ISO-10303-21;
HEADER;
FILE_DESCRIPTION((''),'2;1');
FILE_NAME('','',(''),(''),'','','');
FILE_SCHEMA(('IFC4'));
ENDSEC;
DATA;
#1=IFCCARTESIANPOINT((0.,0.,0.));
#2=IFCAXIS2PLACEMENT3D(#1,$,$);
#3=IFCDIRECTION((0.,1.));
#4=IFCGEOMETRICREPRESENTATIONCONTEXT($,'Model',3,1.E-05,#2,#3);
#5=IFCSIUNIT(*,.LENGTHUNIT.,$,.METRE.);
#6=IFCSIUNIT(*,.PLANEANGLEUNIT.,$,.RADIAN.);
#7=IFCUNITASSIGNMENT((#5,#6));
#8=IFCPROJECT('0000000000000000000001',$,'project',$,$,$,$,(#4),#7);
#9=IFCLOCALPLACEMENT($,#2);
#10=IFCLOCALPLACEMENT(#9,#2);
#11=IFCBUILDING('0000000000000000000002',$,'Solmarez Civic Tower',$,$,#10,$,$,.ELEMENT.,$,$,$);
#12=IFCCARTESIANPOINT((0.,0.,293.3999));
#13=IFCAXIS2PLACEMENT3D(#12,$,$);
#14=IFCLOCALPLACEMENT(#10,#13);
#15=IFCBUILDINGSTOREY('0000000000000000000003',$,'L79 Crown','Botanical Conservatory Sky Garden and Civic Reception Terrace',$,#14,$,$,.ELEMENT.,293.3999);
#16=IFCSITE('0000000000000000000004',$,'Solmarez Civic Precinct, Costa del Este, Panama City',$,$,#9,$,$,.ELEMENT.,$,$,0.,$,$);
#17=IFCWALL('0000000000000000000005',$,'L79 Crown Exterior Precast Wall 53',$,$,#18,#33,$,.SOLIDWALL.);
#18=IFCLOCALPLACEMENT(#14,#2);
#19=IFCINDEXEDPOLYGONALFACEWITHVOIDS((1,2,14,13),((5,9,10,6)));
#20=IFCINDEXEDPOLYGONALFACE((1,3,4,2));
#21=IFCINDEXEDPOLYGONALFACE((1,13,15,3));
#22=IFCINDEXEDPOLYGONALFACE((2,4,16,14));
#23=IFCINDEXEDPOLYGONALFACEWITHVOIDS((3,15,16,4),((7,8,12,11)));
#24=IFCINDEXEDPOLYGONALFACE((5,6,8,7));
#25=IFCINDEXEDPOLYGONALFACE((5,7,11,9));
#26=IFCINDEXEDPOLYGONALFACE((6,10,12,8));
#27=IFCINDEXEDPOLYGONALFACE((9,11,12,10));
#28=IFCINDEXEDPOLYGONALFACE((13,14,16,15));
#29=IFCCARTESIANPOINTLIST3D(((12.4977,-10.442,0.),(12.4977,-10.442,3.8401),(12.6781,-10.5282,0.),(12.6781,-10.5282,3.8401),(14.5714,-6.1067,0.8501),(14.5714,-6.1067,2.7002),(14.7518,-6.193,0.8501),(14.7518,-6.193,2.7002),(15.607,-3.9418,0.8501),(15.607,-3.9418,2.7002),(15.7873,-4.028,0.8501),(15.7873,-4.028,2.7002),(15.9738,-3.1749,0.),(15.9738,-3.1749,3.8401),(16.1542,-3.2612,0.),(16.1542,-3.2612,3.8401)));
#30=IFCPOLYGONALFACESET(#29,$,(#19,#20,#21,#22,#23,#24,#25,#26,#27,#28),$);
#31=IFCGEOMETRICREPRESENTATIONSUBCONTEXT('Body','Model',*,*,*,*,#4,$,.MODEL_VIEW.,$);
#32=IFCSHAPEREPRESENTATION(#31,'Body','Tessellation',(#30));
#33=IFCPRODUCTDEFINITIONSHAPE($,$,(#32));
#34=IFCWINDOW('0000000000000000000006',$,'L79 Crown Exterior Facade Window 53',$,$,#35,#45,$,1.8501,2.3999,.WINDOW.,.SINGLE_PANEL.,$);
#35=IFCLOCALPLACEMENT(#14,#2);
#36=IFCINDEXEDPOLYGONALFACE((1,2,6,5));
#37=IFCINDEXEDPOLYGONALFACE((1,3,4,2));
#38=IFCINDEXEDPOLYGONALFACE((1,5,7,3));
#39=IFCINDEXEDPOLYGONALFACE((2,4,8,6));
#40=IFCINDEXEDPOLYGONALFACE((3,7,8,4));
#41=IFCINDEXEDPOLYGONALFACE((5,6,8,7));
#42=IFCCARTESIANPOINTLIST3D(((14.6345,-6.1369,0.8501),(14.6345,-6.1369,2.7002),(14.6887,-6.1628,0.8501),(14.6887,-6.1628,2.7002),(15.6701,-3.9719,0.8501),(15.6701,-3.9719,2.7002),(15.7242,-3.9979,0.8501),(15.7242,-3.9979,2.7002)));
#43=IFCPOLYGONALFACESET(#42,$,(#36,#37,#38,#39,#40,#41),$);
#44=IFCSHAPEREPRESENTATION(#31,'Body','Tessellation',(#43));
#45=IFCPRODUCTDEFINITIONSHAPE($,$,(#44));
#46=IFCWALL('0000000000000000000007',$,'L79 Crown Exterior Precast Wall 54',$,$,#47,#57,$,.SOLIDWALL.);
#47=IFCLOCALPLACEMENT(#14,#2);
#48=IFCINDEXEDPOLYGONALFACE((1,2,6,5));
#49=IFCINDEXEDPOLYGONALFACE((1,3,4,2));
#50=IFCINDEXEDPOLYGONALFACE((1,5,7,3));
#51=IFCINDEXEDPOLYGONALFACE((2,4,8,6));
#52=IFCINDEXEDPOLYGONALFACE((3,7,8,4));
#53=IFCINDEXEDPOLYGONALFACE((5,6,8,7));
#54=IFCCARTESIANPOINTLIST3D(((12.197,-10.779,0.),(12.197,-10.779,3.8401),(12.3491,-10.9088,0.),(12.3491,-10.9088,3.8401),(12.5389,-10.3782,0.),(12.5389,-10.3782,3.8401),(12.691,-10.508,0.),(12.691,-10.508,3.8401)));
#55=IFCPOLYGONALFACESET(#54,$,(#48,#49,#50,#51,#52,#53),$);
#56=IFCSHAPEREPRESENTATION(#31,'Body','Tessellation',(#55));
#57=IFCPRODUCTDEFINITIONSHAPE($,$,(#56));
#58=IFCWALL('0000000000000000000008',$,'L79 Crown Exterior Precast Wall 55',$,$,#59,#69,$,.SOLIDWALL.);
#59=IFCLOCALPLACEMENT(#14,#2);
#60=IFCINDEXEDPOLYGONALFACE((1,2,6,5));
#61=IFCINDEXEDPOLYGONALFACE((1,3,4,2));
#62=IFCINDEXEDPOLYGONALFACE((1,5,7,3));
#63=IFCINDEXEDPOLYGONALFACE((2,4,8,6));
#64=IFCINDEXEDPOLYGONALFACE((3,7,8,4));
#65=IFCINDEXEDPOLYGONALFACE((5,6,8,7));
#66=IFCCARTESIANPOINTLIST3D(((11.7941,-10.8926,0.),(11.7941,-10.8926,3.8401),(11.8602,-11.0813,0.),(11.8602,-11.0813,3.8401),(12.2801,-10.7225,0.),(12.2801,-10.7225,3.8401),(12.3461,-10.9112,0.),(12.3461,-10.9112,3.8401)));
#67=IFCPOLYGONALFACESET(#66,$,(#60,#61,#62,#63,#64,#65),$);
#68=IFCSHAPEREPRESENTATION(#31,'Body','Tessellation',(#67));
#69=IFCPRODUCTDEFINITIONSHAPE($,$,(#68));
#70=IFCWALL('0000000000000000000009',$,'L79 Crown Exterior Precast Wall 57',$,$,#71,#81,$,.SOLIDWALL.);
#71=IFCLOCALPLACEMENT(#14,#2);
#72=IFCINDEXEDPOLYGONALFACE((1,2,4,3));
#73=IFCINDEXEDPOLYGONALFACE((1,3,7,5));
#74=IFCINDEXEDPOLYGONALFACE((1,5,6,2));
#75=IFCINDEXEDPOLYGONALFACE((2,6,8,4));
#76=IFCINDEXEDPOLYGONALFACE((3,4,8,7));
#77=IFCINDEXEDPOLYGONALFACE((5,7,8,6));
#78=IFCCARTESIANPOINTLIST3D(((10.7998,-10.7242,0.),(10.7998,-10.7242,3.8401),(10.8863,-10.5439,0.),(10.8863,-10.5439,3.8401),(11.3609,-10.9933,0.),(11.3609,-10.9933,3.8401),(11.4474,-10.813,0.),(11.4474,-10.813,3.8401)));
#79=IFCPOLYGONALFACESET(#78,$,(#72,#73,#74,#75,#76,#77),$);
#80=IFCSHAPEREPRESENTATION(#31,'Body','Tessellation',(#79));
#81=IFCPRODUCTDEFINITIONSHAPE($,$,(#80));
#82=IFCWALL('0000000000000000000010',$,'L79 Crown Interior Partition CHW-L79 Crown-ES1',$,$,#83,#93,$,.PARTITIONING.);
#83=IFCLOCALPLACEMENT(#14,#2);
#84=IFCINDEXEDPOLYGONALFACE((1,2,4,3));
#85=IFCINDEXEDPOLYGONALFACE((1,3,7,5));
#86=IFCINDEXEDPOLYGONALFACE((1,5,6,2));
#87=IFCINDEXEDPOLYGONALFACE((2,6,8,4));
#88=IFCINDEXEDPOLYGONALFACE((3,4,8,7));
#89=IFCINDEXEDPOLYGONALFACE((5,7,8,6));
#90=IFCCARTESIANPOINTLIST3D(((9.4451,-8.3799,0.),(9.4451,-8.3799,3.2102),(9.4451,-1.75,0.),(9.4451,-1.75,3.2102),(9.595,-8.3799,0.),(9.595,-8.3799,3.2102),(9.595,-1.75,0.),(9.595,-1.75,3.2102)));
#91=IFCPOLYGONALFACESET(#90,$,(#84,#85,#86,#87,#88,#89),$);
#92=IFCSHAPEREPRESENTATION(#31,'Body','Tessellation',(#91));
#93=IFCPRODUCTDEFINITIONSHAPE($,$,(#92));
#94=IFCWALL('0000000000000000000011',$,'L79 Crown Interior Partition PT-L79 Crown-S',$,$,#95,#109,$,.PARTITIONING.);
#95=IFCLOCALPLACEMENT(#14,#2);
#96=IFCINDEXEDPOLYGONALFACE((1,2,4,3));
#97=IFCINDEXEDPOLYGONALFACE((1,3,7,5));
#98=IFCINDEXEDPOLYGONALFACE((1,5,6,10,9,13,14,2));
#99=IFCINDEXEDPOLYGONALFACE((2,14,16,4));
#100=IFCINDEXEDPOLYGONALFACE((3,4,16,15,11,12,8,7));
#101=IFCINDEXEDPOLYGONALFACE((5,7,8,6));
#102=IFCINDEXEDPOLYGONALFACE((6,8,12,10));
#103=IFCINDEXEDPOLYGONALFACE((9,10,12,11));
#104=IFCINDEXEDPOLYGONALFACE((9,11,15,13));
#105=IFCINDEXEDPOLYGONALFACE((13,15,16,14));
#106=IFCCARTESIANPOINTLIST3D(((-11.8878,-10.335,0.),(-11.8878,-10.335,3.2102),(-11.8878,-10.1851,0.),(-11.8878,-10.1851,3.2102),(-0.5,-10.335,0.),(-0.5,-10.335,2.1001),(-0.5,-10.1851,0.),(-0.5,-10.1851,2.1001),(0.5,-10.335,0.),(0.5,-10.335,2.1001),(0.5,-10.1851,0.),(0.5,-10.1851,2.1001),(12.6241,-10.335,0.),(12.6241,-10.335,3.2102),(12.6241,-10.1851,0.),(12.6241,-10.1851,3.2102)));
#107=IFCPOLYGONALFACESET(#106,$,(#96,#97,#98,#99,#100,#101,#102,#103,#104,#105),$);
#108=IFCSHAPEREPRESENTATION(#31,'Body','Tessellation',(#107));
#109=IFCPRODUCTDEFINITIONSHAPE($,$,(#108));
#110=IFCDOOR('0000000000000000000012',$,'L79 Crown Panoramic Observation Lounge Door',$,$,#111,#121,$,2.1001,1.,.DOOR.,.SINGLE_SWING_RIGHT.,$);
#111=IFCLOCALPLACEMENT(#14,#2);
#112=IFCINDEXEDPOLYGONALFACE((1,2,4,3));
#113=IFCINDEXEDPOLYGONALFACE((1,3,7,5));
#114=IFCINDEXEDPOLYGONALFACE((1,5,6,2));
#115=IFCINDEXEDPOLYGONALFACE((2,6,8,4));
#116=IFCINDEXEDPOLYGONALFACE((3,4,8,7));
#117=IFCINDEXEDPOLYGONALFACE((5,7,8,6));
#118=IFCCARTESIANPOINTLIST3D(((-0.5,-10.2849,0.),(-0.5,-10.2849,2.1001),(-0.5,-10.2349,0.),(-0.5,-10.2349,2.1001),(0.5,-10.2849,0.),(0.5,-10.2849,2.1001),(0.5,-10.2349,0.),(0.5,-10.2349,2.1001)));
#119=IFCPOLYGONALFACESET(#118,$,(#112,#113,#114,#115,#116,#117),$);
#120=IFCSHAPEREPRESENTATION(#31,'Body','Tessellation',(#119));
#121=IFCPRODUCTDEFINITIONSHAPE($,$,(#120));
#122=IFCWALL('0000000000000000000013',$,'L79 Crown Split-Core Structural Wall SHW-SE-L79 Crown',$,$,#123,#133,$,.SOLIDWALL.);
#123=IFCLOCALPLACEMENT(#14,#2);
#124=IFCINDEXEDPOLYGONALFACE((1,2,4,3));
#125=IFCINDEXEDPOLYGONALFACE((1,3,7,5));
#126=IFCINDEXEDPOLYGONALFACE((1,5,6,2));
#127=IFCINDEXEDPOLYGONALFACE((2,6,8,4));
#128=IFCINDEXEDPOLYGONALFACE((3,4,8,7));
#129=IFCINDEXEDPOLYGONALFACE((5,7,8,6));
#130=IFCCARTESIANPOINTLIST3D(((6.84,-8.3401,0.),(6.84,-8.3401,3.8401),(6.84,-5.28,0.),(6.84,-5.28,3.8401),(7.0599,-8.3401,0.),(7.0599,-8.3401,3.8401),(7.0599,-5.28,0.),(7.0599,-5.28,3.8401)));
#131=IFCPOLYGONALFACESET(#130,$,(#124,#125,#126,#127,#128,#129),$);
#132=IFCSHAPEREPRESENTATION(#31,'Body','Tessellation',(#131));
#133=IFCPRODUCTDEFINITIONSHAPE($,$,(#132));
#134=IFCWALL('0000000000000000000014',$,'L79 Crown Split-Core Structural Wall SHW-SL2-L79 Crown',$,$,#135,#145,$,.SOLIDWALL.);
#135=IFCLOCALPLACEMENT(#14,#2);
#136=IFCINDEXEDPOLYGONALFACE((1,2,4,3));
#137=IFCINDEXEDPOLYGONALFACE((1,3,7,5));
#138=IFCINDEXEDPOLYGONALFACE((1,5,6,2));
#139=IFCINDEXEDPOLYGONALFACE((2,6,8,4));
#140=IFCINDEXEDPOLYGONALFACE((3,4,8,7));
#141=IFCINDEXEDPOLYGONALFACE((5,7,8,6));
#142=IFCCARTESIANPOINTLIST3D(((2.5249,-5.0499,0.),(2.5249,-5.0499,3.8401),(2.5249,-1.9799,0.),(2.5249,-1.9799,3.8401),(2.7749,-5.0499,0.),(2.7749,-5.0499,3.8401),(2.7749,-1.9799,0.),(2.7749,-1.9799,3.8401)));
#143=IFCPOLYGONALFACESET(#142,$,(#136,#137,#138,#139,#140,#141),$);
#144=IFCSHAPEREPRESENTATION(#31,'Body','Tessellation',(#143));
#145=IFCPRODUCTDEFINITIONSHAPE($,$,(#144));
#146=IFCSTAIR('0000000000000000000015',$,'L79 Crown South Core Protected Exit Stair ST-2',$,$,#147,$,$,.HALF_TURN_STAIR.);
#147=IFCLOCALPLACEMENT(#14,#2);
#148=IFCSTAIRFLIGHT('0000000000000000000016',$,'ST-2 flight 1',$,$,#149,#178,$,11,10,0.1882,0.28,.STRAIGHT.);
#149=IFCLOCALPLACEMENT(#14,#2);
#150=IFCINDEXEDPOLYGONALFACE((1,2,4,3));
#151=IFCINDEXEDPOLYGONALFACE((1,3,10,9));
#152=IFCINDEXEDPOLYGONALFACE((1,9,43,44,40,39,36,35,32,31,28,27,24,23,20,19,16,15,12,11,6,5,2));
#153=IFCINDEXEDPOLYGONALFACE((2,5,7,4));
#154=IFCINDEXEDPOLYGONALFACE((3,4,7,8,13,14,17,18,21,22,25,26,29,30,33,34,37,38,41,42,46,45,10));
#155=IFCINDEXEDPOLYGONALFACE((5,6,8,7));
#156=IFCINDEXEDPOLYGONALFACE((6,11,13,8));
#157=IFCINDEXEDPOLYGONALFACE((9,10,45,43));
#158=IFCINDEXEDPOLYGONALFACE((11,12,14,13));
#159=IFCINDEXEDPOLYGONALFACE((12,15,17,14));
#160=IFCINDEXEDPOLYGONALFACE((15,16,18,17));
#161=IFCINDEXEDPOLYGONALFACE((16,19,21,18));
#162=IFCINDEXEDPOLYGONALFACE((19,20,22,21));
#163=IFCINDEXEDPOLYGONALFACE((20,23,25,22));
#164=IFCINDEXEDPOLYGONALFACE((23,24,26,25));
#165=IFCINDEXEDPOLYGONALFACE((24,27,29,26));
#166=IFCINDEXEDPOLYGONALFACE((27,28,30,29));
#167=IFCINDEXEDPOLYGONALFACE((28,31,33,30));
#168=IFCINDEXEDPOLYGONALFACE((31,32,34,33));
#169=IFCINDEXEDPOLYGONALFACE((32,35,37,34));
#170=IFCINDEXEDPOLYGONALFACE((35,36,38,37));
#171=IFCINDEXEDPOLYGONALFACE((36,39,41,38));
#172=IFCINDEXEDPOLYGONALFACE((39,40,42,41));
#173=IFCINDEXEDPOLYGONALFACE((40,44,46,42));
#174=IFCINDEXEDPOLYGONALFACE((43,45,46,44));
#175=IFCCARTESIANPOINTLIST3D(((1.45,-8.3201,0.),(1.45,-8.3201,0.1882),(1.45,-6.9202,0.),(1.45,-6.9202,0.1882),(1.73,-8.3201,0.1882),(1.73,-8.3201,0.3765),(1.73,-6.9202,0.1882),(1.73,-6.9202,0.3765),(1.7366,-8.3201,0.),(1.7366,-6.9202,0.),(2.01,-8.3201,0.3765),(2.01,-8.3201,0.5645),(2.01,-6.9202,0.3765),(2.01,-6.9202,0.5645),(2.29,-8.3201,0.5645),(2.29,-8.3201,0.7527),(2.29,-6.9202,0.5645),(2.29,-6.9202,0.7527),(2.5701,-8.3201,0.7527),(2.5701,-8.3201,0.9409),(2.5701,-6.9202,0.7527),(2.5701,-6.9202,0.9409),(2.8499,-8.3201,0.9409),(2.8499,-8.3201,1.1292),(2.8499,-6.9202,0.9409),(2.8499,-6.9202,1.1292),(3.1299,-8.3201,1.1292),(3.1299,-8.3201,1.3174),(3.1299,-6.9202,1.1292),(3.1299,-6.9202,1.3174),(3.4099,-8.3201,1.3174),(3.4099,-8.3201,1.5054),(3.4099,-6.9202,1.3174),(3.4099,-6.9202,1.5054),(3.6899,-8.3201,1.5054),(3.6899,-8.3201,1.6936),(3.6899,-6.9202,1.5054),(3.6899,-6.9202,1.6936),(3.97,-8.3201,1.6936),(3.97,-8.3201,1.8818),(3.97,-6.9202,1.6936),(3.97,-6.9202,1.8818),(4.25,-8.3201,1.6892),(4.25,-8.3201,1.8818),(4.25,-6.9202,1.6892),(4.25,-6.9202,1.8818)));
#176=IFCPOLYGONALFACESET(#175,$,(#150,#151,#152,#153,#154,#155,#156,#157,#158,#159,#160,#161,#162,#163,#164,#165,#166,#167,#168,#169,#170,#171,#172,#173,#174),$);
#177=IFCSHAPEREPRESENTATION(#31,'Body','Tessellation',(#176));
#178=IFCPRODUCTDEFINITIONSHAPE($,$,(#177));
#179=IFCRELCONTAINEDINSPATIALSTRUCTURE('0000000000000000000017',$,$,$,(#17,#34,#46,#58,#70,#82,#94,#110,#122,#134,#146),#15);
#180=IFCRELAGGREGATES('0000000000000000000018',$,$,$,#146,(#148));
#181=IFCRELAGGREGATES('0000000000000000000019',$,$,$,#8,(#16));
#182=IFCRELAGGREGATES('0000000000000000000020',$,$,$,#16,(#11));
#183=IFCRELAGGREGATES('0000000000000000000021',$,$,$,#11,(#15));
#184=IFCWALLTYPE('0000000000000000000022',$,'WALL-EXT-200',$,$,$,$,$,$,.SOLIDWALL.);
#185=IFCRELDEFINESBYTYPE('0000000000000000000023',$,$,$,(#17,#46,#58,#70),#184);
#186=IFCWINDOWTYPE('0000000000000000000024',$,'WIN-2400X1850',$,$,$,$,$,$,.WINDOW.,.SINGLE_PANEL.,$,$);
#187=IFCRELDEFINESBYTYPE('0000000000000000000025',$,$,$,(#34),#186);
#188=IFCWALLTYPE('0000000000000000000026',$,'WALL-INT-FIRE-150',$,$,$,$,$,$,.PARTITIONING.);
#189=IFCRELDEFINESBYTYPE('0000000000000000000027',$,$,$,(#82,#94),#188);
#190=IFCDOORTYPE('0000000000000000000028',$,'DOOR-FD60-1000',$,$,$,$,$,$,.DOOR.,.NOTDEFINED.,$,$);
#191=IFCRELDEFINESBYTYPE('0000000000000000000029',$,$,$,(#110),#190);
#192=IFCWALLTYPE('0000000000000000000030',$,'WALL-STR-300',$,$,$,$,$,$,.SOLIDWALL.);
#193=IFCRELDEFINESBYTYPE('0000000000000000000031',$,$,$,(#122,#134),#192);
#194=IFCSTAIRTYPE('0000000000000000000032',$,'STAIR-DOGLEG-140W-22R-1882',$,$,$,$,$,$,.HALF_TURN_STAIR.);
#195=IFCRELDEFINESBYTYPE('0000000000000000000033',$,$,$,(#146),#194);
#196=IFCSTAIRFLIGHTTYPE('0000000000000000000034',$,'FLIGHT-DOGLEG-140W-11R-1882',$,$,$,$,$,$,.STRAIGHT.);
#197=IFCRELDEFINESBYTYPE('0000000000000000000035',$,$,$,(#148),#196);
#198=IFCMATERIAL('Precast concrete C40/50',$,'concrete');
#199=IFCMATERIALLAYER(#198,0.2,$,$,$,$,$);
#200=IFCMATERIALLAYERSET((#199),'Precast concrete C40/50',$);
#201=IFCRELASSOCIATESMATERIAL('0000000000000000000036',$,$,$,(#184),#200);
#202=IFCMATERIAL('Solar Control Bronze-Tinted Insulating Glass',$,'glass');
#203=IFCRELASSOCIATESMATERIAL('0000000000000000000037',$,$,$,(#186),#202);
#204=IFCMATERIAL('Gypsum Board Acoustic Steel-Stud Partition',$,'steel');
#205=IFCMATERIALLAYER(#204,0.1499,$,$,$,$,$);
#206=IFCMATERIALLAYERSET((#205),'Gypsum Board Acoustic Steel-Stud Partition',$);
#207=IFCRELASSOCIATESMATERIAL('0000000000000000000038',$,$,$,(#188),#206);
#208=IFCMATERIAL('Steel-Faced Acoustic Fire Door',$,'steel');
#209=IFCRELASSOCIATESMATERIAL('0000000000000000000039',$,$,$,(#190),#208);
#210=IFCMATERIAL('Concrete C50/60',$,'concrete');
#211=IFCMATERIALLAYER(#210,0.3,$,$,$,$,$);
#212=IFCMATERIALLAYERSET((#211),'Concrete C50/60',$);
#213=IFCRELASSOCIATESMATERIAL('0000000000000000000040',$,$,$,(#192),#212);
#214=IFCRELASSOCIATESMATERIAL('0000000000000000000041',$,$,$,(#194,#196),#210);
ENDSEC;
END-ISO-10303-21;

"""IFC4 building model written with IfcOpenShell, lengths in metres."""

from ifc_helpers import new_model, si_unit, direction, frame, frame_2d, origin, place, context, subcontext, project, spatial, polyline, rectangle, outline, extrude, material, layer, layer_set, type_object, element, fill, aggregate, save


model = new_model("IFC4")

# Units and contexts
model_context = context("Model", 3, precision=1e-05, world=origin(), true_north=direction((0.0, 1.0)))
body_context = subcontext(model_context, "Body", "Model", "MODEL_VIEW")
ifc_project = project(units=[si_unit("LENGTHUNIT", "METRE"), si_unit("PLANEANGLEUNIT", "RADIAN")], contexts=[model_context])

# Site, building, storey
site_placement = place(None, origin())
site = spatial("IfcSite", under=ifc_project, at=site_placement, Name="Solmarez Civic Precinct, Costa del Este, Panama City", CompositionType="ELEMENT", RefElevation=0.0)
building_placement = place(site_placement, origin())
building = spatial("IfcBuilding", under=site, at=building_placement, Name="Solmarez Civic Tower", CompositionType="ELEMENT")
storey_placement = place(building_placement, frame((0.0, 0.0, 293.3999)))
storey = spatial("IfcBuildingStorey", under=building, at=storey_placement, Name="L79 Crown", Description="Botanical Conservatory Sky Garden and Civic Reception Terrace", CompositionType="ELEMENT", Elevation=293.3999)

# Shared definitions
ifc_material_1 = material(Name="Concrete C50/60", Category="concrete")

# Wall, opening, window
ifc_material_2 = material(Name="Precast concrete C40/50", Category="concrete")
ifc_layer_1 = layer(ifc_material_2, 0.2)
ifc_layer_set_1 = layer_set([ifc_layer_1], Name="Precast concrete C40/50")
wall_type_1 = type_object("IfcWallType", Name="WALL-EXT-200", PredefinedType="SOLIDWALL", material=ifc_layer_set_1)
wall_1_placement = place(storey_placement, frame((16.064, -3.218, 0.0), z_axis=(0.0, 0.0, 1.0), x_axis=(-0.431507, -0.90211, 0.0)))
wall_1 = element("IfcWall", 1, at=wall_1_placement, inside=storey, type_object=wall_type_1, Name="L79 Crown Exterior Precast Wall 53", PredefinedType="SOLIDWALL", context=body_context, shape_type="SweptSolid", body=[
    extrude(rectangle(XDim=8.0557, YDim=0.2, at=frame_2d((4.0278, 0.0))), origin(), (0.0, 0.0, 1.0), 3.8401),
])
opening_1_placement = place(wall_1_placement, frame((0.8501, 0.0, 0.8501)))
opening_1 = element("IfcOpeningElement", 2, at=opening_1_placement, cuts=wall_1, PredefinedType="OPENING", context=body_context, shape_type="SweptSolid", body=[
    extrude(rectangle(XDim=2.3999, YDim=1.8501, at=frame_2d((1.2, 0.925))), frame((0.0, 0.1099, 0.0), z_axis=(0.0, -1.0, 0.0), x_axis=(1.0, 0.0, 0.0)), (0.0, 0.0, 1.0), 0.22),
])
ifc_material_3 = material(Name="Solar Control Bronze-Tinted Insulating Glass", Category="glass")
window_type = type_object("IfcWindowType", Name="WIN-2400X1850", PartitioningType="SINGLE_PANEL", PredefinedType="WINDOW", material=ifc_material_3)
window_placement = place(opening_1_placement, origin())
window = element("IfcWindow", 3, at=window_placement, inside=storey, type_object=window_type, Name="L79 Crown Exterior Facade Window 53", OverallHeight=1.8501, OverallWidth=2.3999, PartitioningType="SINGLE_PANEL", PredefinedType="WINDOW", context=body_context, shape_type="SweptSolid", body=[
    extrude(rectangle(XDim=2.3999, YDim=1.8501, at=frame_2d((1.2, 0.925))), frame((0.0, 0.03, 0.0), z_axis=(0.0, -1.0, 0.0), x_axis=(1.0, 0.0, 0.0)), (0.0, 0.0, 1.0), 0.0601),
])
fill(opening_1, window)

# Walls
wall_2_placement = place(storey_placement, frame((12.615, -10.4431, 0.0), z_axis=(0.0, 0.0, 1.0), x_axis=(-0.649073, -0.760726, 0.0)))
element("IfcWall", 4, at=wall_2_placement, inside=storey, type_object=wall_type_1, Name="L79 Crown Exterior Precast Wall 54", PredefinedType="SOLIDWALL", context=body_context, shape_type="SweptSolid", body=[
    extrude(rectangle(XDim=0.5269, YDim=0.2, at=frame_2d((0.2634, 0.0))), origin(), (0.0, 0.0, 1.0), 3.8401),
])
wall_3_placement = place(storey_placement, frame((12.313, -10.8169, 0.0), z_axis=(0.0, 0.0, 1.0), x_axis=(-0.943836, -0.330414, 0.0)))
element("IfcWall", 5, at=wall_3_placement, inside=storey, type_object=wall_type_1, Name="L79 Crown Exterior Precast Wall 55", PredefinedType="SOLIDWALL", context=body_context, shape_type="SweptSolid", body=[
    extrude(rectangle(XDim=0.5149, YDim=0.2, at=frame_2d((0.2573, 0.0))), origin(), (0.0, 0.0, 1.0), 3.8401),
])
wall_4_placement = place(storey_placement, frame((11.4041, -10.9031, 0.0), z_axis=(0.0, 0.0, 1.0), x_axis=(-0.901682, 0.432399, 0.0)))
element("IfcWall", 6, at=wall_4_placement, inside=storey, type_object=wall_type_1, Name="L79 Crown Exterior Precast Wall 57", PredefinedType="SOLIDWALL", context=body_context, shape_type="SweptSolid", body=[
    extrude(rectangle(XDim=0.6223, YDim=0.2, at=frame_2d((0.311, 0.0))), origin(), (0.0, 0.0, 1.0), 3.8401),
])
ifc_material_4 = material(Name="Gypsum Board Acoustic Steel-Stud Partition", Category="steel")
ifc_layer_2 = layer(ifc_material_4, 0.1499)
ifc_layer_set_2 = layer_set([ifc_layer_2], Name="Gypsum Board Acoustic Steel-Stud Partition")
wall_type_2 = type_object("IfcWallType", Name="WALL-INT-FIRE-150", PredefinedType="PARTITIONING", material=ifc_layer_set_2)
wall_5_placement = place(storey_placement, frame((9.52, -8.3799, 0.0), z_axis=(0.0, 0.0, 1.0), x_axis=(0.0, 1.0, 0.0)))
element("IfcWall", 7, at=wall_5_placement, inside=storey, type_object=wall_type_2, Name="L79 Crown Interior Partition CHW-L79 Crown-ES1", PredefinedType="PARTITIONING", context=body_context, shape_type="SweptSolid", body=[
    extrude(rectangle(XDim=6.6299, YDim=0.1499, at=frame_2d((3.3149, 0.0))), origin(), (0.0, 0.0, 1.0), 3.2102),
])

# Wall, opening, door
wall_6_placement = place(storey_placement, frame((12.624, -10.26, 0.0), z_axis=(0.0, 0.0, 1.0), x_axis=(-1.0, 0.0, 0.0)))
wall_6 = element("IfcWall", 8, at=wall_6_placement, inside=storey, type_object=wall_type_2, Name="L79 Crown Interior Partition PT-L79 Crown-S", PredefinedType="PARTITIONING", context=body_context, shape_type="SweptSolid", body=[
    extrude(rectangle(XDim=24.512, YDim=0.1499, at=frame_2d((12.2559, 0.0))), origin(), (0.0, 0.0, 1.0), 3.2102),
])
opening_2_placement = place(wall_6_placement, frame((12.124, 0.0, 0.0)))
opening_2 = element("IfcOpeningElement", 9, at=opening_2_placement, cuts=wall_6, PredefinedType="OPENING", context=body_context, shape_type="SweptSolid", body=[
    extrude(rectangle(XDim=1.0, YDim=2.1001, at=frame_2d((0.5, 1.05))), frame((0.0, 0.085, 0.0), z_axis=(0.0, -1.0, 0.0), x_axis=(1.0, 0.0, 0.0)), (0.0, 0.0, 1.0), 0.1699),
])
ifc_material_5 = material(Name="Steel-Faced Acoustic Fire Door", Category="steel")
door_type = type_object("IfcDoorType", Name="DOOR-FD60-1000", OperationType="NOTDEFINED", PredefinedType="DOOR", material=ifc_material_5)
door_placement = place(opening_2_placement, origin())
door = element("IfcDoor", 10, at=door_placement, inside=storey, type_object=door_type, Name="L79 Crown Panoramic Observation Lounge Door", OperationType="SINGLE_SWING_RIGHT", OverallHeight=2.1001, OverallWidth=1.0, PredefinedType="DOOR", context=body_context, shape_type="SweptSolid", body=[
    extrude(rectangle(XDim=1.0, YDim=2.1001, at=frame_2d((0.5, 1.05))), frame((0.0, 0.0249, 0.0), z_axis=(0.0, -1.0, 0.0), x_axis=(1.0, 0.0, 0.0)), (0.0, 0.0, 1.0), 0.05),
])
fill(opening_2, door)

# Walls
ifc_layer_3 = layer(ifc_material_1, 0.3)
ifc_layer_set_3 = layer_set([ifc_layer_3], Name="Concrete C50/60")
wall_type_3 = type_object("IfcWallType", Name="WALL-STR-300", PredefinedType="SOLIDWALL", material=ifc_layer_set_3)
wall_7_placement = place(storey_placement, frame((6.95, -8.3401, 0.0), z_axis=(0.0, 0.0, 1.0), x_axis=(0.0, 1.0, 0.0)))
element("IfcWall", 11, at=wall_7_placement, inside=storey, type_object=wall_type_3, Name="L79 Crown Split-Core Structural Wall SHW-SE-L79 Crown", PredefinedType="SOLIDWALL", context=body_context, shape_type="SweptSolid", body=[
    extrude(rectangle(XDim=3.0601, YDim=0.22, at=frame_2d((1.53, 0.0))), origin(), (0.0, 0.0, 1.0), 3.8401),
])
wall_8_placement = place(storey_placement, frame((2.6499, -5.05, 0.0), z_axis=(0.0, 0.0, 1.0), x_axis=(0.0, 1.0, 0.0)))
element("IfcWall", 12, at=wall_8_placement, inside=storey, type_object=wall_type_3, Name="L79 Crown Split-Core Structural Wall SHW-SL2-L79 Crown", PredefinedType="SOLIDWALL", context=body_context, shape_type="SweptSolid", body=[
    extrude(rectangle(XDim=3.0701, YDim=0.25, at=frame_2d((1.5352, 0.0))), origin(), (0.0, 0.0, 1.0), 3.8401),
])

# Stair, stair flight
stair_type = type_object("IfcStairType", Name="STAIR-DOGLEG-140W-22R-1882", PredefinedType="HALF_TURN_STAIR", material=ifc_material_1)
stair_placement = place(storey_placement, origin())
stair = element("IfcStair", 13, at=stair_placement, inside=storey, type_object=stair_type, Name="L79 Crown South Core Protected Exit Stair ST-2", PredefinedType="HALF_TURN_STAIR")
stair_flight_type = type_object("IfcStairFlightType", Name="FLIGHT-DOGLEG-140W-11R-1882", PredefinedType="STRAIGHT", material=ifc_material_1)
stair_flight_1_placement = place(storey_placement, frame((1.45, -7.6201, 0.0), z_axis=(0.0, 0.0, 1.0), x_axis=(1.0, 0.0, 0.0)))
stair_flight_1 = element("IfcStairFlight", 14, at=stair_flight_1_placement, type_object=stair_flight_type, Name="ST-2 flight 1", NumberOfRisers=11, NumberOfTreads=10, PredefinedType="STRAIGHT", RiserHeight=0.1882, TreadLength=0.28, context=body_context, shape_type="SweptSolid", body=[
    extrude(outline(polyline([(0.0, 0.0), (0.0, 0.1882), (0.28, 0.1882), (0.28, 0.3765), (0.5601, 0.3765), (0.5601, 0.5645), (0.8401, 0.5645), (0.8401, 0.7527), (1.1201, 0.7527), (1.1201, 0.9409), (1.3999, 0.9409), (1.3999, 1.1292), (1.6799, 1.1292), (1.6799, 1.3174), (1.96, 1.3174), (1.96, 1.5054), (2.24, 1.5054), (2.24, 1.6936), (2.52, 1.6936), (2.52, 1.8818), (2.8, 1.8818), (2.8, 2.0701), (2.8, 1.6892), (0.2866, 0.0), (0.0, 0.0)])), frame((0.0, 0.7, 0.0), z_axis=(0.0, -1.0, 0.0), x_axis=(1.0, 0.0, 0.0)), (0.0, 0.0, 1.0), 1.3999),
])
aggregate(stair, [stair_flight_1])

save(model, "model.ifc")
